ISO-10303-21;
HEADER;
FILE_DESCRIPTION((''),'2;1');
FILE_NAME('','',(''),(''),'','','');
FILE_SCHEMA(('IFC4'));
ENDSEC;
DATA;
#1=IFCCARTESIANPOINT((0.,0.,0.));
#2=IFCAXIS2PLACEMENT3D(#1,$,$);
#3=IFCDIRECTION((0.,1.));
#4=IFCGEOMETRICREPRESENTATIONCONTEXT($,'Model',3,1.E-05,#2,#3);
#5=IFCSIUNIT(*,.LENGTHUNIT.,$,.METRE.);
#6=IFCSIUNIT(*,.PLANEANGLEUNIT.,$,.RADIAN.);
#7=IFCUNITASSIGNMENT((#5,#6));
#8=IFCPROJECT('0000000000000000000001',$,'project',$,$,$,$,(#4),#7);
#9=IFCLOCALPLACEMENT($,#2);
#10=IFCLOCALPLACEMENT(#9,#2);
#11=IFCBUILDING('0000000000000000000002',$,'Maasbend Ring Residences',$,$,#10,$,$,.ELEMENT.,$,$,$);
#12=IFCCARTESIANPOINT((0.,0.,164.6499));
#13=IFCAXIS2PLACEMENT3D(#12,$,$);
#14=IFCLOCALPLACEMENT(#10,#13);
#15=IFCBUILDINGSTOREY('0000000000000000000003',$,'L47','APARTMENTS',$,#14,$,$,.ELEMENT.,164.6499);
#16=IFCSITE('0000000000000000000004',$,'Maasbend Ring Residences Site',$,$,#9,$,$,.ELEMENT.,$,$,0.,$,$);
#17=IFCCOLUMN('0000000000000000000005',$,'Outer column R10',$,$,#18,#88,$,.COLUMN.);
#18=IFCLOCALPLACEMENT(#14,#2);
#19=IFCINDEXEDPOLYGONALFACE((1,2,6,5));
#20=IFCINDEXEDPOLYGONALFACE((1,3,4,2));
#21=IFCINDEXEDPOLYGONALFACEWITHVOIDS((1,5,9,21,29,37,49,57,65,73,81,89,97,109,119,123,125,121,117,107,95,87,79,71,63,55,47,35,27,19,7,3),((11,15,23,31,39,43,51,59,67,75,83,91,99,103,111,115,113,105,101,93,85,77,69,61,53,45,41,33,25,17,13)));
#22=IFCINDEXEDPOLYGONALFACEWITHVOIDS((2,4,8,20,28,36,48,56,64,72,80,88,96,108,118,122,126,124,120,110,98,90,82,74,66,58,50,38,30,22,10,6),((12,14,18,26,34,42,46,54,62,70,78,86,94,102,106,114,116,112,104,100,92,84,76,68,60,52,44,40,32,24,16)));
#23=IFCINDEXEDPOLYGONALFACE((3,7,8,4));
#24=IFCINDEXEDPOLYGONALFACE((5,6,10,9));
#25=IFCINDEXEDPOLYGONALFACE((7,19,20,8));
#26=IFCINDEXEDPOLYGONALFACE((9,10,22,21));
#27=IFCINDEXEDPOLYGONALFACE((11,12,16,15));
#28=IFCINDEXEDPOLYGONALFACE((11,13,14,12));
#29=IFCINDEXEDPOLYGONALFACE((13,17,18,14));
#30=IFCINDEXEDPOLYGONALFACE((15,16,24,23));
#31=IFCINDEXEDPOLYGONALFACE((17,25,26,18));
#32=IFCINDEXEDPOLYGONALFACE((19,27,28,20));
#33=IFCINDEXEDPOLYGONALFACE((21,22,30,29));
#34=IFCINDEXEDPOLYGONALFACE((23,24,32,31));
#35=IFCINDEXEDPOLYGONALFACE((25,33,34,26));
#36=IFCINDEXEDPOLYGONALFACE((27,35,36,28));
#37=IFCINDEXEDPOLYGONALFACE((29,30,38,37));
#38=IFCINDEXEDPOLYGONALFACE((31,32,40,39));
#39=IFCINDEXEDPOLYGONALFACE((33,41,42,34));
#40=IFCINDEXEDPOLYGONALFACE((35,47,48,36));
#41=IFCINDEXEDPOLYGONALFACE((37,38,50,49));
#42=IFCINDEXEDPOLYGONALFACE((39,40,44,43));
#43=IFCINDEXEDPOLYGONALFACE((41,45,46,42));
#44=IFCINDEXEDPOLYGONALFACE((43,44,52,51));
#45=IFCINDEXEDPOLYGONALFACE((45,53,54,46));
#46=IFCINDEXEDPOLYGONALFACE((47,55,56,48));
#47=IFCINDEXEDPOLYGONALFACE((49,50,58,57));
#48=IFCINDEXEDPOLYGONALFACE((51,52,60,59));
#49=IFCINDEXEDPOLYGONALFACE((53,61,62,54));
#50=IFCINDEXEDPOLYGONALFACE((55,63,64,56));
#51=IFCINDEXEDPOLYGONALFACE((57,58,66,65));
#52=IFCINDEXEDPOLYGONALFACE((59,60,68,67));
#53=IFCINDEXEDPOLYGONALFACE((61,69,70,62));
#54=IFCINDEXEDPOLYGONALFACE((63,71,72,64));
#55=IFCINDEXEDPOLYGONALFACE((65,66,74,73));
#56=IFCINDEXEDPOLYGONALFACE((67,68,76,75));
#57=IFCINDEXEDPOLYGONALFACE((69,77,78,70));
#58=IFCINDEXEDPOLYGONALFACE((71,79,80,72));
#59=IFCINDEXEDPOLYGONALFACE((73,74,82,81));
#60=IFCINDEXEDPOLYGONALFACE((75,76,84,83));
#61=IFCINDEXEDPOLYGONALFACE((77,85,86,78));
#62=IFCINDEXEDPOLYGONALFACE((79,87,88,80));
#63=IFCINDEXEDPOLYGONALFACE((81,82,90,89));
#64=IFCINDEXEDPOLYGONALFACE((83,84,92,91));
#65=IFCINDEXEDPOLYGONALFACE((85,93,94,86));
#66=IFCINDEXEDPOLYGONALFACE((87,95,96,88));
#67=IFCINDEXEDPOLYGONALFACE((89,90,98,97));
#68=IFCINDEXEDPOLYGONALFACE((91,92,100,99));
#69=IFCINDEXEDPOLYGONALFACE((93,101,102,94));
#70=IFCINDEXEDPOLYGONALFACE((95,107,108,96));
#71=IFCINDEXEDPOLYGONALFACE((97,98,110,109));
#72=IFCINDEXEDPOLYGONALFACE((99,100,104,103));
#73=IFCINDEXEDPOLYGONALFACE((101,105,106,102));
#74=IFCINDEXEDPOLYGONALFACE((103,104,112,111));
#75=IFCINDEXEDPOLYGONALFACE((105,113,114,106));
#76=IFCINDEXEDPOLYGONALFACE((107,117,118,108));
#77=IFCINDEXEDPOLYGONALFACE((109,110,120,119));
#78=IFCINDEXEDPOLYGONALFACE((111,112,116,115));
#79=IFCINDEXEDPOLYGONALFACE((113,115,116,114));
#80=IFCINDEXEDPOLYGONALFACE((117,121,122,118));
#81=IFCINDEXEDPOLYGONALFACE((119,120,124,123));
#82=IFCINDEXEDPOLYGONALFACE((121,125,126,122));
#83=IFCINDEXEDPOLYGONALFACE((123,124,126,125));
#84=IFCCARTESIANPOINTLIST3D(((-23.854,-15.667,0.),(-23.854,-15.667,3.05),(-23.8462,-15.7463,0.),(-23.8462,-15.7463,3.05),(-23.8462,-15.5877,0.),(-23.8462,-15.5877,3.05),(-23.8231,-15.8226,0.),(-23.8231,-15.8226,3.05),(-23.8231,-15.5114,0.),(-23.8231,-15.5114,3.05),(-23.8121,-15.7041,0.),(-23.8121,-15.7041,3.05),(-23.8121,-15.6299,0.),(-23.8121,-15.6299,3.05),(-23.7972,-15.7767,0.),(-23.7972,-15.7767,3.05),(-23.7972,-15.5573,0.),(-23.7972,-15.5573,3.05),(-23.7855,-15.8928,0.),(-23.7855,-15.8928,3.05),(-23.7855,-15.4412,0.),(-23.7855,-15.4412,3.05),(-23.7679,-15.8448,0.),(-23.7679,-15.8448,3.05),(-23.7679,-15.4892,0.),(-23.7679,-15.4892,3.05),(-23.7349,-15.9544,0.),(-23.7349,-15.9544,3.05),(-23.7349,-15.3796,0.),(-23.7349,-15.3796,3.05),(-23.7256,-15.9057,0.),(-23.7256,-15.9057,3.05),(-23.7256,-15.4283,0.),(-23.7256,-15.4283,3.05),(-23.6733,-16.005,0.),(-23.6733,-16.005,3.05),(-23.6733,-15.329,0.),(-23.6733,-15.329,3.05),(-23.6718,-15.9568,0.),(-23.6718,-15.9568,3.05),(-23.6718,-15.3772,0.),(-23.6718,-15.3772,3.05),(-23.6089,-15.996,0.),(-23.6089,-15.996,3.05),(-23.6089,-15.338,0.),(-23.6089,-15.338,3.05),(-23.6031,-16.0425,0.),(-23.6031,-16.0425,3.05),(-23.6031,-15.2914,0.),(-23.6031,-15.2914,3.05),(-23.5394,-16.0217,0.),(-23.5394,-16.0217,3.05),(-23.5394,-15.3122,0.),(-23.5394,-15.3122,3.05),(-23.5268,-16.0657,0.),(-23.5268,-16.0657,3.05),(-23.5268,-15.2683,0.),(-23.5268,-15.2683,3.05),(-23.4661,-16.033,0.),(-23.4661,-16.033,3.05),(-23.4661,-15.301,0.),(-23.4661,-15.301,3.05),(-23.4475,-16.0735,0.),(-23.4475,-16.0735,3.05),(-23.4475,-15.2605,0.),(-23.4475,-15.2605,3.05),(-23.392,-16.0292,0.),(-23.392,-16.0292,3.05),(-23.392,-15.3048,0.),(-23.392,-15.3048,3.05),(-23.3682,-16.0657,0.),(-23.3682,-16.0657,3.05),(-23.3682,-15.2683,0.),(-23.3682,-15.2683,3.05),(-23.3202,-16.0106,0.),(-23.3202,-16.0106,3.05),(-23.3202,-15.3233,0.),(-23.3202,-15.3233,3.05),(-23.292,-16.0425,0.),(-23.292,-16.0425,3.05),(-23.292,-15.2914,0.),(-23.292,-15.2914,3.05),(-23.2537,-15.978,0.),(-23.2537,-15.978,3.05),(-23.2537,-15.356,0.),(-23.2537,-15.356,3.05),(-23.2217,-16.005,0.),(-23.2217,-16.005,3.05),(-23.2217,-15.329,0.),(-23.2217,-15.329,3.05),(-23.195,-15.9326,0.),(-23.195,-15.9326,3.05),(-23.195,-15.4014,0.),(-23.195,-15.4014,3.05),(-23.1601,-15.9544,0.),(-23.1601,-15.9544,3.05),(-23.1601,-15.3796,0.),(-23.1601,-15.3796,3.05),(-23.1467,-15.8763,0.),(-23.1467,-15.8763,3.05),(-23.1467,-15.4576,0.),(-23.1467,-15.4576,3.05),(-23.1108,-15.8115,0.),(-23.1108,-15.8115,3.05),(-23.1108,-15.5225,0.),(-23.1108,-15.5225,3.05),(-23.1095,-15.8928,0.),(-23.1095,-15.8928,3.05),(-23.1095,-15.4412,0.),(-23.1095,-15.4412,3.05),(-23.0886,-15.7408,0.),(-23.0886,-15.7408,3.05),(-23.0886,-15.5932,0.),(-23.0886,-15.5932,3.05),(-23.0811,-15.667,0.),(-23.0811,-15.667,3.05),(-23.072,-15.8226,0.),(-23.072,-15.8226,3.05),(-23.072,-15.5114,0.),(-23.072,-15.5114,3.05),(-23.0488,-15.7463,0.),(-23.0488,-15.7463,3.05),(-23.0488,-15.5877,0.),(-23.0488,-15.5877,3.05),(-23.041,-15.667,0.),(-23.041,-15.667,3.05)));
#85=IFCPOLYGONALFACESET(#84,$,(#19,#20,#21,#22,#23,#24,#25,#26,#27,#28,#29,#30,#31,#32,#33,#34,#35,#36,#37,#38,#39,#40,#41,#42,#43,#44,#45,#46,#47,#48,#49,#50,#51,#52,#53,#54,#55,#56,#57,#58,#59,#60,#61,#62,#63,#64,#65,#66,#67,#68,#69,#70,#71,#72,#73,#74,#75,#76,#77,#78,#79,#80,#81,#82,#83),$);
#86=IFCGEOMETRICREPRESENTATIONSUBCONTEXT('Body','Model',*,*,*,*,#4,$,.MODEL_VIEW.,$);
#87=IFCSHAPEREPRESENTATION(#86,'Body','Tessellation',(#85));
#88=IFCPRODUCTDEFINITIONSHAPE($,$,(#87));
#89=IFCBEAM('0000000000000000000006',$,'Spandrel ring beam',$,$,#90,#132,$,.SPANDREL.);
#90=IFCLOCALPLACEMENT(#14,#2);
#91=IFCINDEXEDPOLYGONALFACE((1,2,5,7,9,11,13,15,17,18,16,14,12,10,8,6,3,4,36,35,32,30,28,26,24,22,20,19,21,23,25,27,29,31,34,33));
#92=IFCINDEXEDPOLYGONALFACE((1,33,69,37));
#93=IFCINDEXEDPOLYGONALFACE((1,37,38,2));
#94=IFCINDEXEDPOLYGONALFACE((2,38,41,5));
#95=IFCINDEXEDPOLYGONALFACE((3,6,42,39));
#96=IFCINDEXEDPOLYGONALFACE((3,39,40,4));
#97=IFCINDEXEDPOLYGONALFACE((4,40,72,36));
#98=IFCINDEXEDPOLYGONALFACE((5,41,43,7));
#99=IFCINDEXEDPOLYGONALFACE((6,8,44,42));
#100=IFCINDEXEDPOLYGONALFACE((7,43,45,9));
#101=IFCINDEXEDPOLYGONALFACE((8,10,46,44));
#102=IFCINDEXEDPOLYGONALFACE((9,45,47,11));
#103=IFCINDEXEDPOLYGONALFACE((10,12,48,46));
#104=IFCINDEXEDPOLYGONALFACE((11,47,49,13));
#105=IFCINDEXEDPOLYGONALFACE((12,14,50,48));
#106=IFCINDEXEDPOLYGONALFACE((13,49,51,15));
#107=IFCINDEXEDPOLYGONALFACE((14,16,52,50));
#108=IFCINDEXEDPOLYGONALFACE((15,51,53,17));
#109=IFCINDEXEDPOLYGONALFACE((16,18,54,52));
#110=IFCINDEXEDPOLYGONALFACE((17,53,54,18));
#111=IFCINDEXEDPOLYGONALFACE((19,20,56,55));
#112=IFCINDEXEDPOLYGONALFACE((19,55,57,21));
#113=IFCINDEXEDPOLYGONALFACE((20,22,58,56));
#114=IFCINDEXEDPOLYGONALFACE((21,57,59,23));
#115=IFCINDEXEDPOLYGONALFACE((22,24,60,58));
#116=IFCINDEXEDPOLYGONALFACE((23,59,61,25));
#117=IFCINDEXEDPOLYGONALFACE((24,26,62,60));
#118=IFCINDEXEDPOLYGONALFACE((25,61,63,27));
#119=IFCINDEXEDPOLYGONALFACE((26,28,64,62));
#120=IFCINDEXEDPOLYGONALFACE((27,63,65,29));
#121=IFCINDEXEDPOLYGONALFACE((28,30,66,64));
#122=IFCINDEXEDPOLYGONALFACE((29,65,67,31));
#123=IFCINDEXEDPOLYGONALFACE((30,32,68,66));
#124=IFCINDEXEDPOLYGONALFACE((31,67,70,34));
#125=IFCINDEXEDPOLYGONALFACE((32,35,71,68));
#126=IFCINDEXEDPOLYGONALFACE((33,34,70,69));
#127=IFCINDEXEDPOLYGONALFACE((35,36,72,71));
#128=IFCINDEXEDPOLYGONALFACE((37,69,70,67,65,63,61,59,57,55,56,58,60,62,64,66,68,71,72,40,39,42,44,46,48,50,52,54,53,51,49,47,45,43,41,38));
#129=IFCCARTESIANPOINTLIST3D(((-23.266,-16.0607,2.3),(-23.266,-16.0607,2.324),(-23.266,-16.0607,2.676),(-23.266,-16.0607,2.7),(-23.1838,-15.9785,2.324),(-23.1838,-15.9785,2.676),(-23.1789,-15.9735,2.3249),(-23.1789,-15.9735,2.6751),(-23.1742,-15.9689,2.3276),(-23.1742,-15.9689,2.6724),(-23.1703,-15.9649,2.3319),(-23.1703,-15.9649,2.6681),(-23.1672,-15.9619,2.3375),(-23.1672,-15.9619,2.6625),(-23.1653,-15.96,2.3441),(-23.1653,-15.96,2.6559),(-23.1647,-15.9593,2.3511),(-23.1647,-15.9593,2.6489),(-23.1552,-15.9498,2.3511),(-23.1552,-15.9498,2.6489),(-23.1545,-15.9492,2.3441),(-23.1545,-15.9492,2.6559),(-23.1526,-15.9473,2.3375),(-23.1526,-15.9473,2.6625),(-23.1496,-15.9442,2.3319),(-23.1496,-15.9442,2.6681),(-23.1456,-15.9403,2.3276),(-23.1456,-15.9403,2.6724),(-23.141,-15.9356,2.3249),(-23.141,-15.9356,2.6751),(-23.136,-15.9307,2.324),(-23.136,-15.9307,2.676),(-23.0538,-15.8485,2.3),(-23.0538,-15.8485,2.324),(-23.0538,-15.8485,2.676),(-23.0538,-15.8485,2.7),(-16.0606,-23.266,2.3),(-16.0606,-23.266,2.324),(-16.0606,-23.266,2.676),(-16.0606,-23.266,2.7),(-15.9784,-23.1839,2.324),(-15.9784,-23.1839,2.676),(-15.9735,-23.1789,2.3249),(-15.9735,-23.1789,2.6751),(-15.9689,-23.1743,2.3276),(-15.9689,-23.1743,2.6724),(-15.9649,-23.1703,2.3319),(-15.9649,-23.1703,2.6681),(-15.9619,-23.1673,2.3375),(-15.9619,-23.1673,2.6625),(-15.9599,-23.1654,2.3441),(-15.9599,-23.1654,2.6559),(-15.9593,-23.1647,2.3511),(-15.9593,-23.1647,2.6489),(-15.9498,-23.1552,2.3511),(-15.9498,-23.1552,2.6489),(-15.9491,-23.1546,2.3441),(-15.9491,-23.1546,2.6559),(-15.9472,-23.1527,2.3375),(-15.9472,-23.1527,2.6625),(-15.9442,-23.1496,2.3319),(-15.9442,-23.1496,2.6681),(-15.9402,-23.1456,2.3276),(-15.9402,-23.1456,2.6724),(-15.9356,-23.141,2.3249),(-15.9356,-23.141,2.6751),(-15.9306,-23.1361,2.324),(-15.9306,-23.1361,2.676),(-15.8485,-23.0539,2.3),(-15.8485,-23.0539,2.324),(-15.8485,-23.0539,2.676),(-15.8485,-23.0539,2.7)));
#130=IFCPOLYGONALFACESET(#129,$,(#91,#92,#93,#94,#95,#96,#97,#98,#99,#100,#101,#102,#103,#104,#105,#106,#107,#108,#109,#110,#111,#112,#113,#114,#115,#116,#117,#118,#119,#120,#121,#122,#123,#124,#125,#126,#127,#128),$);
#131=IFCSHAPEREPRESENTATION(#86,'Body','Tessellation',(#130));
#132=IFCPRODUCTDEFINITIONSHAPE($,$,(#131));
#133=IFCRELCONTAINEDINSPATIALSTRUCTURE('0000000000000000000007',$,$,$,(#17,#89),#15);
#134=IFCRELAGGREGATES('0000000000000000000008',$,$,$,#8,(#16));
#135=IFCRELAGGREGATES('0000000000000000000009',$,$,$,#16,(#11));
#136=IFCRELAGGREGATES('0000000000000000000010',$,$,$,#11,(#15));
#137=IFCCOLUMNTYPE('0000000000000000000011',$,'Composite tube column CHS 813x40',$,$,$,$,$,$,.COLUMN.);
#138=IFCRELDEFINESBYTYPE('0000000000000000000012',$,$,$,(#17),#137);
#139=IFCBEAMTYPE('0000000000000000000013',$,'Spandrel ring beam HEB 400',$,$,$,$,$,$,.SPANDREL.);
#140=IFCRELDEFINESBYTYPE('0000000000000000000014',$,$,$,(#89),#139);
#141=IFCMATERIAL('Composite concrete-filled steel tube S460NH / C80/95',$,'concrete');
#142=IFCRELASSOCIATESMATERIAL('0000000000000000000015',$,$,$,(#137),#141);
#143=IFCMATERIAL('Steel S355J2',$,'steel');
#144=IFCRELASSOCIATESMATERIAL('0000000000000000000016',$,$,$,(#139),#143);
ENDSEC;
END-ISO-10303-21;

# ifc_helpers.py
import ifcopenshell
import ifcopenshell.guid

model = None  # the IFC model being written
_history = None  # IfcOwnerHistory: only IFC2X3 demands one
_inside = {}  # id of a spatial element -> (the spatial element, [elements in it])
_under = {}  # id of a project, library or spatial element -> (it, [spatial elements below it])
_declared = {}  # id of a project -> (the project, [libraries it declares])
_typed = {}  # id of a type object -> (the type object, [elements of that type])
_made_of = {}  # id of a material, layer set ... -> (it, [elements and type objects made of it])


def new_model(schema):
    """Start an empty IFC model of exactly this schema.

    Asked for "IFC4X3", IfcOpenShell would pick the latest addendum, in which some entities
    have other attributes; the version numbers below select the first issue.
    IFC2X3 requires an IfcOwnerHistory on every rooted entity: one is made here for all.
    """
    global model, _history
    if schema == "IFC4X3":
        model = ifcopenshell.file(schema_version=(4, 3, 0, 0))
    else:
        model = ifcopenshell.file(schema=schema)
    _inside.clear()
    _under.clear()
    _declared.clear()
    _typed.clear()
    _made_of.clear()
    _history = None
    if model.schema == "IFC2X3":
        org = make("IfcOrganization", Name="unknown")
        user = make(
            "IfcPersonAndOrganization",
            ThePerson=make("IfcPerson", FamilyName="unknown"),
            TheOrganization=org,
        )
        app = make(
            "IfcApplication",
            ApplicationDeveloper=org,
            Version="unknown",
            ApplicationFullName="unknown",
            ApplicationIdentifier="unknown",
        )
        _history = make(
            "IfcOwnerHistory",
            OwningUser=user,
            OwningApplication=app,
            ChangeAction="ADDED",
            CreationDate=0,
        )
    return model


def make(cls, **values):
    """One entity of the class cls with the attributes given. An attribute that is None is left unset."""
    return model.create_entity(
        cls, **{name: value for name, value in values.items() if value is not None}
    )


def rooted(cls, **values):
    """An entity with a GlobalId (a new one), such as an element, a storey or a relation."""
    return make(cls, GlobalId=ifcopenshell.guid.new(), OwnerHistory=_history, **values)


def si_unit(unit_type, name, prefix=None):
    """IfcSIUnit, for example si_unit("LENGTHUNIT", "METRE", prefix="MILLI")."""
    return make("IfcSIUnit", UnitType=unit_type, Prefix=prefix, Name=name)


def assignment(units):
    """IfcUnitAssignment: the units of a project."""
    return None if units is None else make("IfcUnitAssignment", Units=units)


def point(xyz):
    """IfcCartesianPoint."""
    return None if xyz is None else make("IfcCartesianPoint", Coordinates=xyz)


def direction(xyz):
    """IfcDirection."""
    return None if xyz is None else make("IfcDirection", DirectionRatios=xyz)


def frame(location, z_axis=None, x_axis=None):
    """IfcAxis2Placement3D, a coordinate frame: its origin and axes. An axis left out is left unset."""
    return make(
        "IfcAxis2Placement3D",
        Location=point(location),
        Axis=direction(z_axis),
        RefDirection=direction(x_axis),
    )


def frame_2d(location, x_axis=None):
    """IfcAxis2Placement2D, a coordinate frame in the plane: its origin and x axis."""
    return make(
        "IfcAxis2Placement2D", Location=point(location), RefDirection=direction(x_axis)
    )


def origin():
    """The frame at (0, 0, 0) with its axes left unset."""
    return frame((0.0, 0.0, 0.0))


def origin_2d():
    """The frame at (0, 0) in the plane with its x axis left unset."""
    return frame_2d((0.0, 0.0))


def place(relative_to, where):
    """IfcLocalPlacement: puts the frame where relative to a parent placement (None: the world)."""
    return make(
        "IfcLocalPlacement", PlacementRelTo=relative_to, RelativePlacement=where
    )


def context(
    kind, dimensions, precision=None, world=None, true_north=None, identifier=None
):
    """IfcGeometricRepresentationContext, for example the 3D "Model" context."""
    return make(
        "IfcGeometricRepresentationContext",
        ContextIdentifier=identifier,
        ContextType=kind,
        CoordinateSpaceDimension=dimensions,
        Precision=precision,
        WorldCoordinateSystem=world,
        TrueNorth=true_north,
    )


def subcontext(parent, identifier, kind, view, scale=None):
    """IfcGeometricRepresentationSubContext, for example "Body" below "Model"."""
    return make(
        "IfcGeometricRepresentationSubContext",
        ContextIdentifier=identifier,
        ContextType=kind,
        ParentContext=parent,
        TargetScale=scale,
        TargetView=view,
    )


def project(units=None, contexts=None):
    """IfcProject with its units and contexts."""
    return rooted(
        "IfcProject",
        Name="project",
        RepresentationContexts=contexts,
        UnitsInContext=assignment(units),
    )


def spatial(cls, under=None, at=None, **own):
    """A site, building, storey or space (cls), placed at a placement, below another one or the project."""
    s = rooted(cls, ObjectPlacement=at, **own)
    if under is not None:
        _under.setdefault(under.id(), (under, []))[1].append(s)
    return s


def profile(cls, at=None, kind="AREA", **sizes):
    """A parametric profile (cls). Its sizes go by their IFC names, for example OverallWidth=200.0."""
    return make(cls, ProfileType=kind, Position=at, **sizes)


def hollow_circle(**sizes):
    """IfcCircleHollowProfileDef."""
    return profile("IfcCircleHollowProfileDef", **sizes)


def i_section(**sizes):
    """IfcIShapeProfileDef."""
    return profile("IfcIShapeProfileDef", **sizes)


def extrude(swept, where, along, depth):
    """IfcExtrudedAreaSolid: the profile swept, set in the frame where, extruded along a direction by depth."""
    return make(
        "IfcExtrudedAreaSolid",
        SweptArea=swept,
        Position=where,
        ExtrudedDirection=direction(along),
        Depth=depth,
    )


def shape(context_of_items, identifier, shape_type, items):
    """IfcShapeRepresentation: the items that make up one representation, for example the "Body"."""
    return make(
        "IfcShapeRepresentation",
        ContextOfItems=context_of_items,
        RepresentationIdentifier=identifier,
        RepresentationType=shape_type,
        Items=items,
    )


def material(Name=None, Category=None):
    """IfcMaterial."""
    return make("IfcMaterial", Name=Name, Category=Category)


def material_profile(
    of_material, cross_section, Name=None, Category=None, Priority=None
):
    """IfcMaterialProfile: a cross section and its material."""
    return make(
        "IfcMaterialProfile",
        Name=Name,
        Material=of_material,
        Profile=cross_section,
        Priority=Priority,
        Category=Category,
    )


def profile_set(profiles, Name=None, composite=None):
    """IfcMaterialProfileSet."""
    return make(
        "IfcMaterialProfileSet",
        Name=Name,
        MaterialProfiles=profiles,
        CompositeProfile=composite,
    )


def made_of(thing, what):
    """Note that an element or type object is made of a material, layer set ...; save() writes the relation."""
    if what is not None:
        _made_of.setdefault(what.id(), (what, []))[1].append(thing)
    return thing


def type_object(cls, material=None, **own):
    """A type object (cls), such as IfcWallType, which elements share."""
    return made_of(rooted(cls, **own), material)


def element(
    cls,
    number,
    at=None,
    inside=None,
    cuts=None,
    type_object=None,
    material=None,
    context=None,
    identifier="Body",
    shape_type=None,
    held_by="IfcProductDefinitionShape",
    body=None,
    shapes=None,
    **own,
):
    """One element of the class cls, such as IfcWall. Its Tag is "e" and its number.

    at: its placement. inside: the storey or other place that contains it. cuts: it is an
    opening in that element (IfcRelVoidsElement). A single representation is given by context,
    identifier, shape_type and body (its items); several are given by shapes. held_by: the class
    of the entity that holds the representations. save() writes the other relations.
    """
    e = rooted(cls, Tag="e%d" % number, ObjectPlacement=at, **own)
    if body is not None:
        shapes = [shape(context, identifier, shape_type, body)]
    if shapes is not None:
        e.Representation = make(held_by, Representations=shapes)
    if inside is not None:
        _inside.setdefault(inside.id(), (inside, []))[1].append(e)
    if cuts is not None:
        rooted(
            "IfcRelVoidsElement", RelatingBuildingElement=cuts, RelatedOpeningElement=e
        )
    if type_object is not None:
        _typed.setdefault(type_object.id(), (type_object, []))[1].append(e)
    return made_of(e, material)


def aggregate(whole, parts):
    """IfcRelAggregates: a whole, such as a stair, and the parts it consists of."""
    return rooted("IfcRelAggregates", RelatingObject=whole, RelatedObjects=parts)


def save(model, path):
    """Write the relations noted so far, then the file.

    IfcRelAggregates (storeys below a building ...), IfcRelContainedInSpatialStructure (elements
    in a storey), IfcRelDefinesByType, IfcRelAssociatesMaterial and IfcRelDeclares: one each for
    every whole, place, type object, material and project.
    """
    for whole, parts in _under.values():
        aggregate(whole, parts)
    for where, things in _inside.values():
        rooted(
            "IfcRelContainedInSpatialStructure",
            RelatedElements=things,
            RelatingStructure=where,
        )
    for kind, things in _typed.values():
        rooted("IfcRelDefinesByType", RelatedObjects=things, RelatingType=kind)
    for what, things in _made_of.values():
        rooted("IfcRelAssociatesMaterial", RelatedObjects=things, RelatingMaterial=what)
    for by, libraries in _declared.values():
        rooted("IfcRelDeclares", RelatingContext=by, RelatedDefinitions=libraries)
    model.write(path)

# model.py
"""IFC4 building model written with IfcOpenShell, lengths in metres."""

from ifc_helpers import new_model, si_unit, direction, frame, origin, origin_2d, place, context, subcontext, project, spatial, hollow_circle, i_section, extrude, material, material_profile, profile_set, type_object, element, save


model = new_model("IFC4")

# Units and contexts
model_context = context("Model", 3, precision=1e-05, world=origin(), true_north=direction((0.0, 1.0)))
body_context = subcontext(model_context, "Body", "Model", "MODEL_VIEW")
ifc_project = project(units=[si_unit("LENGTHUNIT", "METRE"), si_unit("PLANEANGLEUNIT", "RADIAN")], contexts=[model_context])

# Site, building, storey
site_placement = place(None, origin())
site = spatial("IfcSite", under=ifc_project, at=site_placement, Name="Maasbend Ring Residences Site", CompositionType="ELEMENT", RefElevation=0.0)
building_placement = place(site_placement, origin())
building = spatial("IfcBuilding", under=site, at=building_placement, Name="Maasbend Ring Residences", CompositionType="ELEMENT")
storey_placement = place(building_placement, frame((0.0, 0.0, 164.6499)))
storey = spatial("IfcBuildingStorey", under=building, at=storey_placement, Name="L47", Description="APARTMENTS", CompositionType="ELEMENT", Elevation=164.6499)

# Column
ifc_material_1 = material(Name="Composite concrete-filled steel tube S460NH / C80/95", Category="concrete")
ifc_material_profile_1 = material_profile(ifc_material_1, hollow_circle(Radius=0.4065, WallThickness=0.04, at=origin_2d()), Name="Composite tube column CHS 813x40")
ifc_profile_set_1 = profile_set([ifc_material_profile_1], Name="Composite concrete-filled steel tube S460NH / C80/95")
column_type = type_object("IfcColumnType", Name="Composite tube column CHS 813x40", PredefinedType="COLUMN", material=ifc_profile_set_1)
column_placement = place(storey_placement, frame((-23.4475, -15.667, 0.0), z_axis=(0.0, 0.0, 1.0), x_axis=(1.0, 0.0, 0.0)))
element("IfcColumn", 1, at=column_placement, inside=storey, type_object=column_type, Name="Outer column R10", PredefinedType="COLUMN", context=body_context, shape_type="SweptSolid", body=[
    extrude(hollow_circle(Radius=0.4065, WallThickness=0.04, at=origin_2d()), origin(), (0.0, 0.0, 1.0), 3.05),
])

# Beam
ifc_material_2 = material(Name="Steel S355J2", Category="steel")
ifc_material_profile_2 = material_profile(ifc_material_2, i_section(OverallWidth=0.3, OverallDepth=0.3999, WebThickness=0.0134, FlangeThickness=0.0239, FilletRadius=0.0271, at=origin_2d()), Name="HEB 400")
ifc_profile_set_2 = profile_set([ifc_material_profile_2], Name="Steel S355J2")
beam_type = type_object("IfcBeamType", Name="Spandrel ring beam HEB 400", PredefinedType="SPANDREL", material=ifc_profile_set_2)
beam_placement = place(storey_placement, frame((-23.1599, -15.9546, 2.5), z_axis=(0.707107, -0.707107, 0.0), x_axis=(0.707107, 0.707107, 0.0)))
element("IfcBeam", 2, at=beam_placement, inside=storey, type_object=beam_type, Name="Spandrel ring beam", PredefinedType="SPANDREL", context=body_context, shape_type="SweptSolid", body=[
    extrude(i_section(OverallWidth=0.3, OverallDepth=0.3999, WebThickness=0.0134, FlangeThickness=0.0239, FilletRadius=0.0271, at=origin_2d()), origin(), (0.0, 0.0, 1.0), 10.1899),
])

save(model, "model.ifc")
